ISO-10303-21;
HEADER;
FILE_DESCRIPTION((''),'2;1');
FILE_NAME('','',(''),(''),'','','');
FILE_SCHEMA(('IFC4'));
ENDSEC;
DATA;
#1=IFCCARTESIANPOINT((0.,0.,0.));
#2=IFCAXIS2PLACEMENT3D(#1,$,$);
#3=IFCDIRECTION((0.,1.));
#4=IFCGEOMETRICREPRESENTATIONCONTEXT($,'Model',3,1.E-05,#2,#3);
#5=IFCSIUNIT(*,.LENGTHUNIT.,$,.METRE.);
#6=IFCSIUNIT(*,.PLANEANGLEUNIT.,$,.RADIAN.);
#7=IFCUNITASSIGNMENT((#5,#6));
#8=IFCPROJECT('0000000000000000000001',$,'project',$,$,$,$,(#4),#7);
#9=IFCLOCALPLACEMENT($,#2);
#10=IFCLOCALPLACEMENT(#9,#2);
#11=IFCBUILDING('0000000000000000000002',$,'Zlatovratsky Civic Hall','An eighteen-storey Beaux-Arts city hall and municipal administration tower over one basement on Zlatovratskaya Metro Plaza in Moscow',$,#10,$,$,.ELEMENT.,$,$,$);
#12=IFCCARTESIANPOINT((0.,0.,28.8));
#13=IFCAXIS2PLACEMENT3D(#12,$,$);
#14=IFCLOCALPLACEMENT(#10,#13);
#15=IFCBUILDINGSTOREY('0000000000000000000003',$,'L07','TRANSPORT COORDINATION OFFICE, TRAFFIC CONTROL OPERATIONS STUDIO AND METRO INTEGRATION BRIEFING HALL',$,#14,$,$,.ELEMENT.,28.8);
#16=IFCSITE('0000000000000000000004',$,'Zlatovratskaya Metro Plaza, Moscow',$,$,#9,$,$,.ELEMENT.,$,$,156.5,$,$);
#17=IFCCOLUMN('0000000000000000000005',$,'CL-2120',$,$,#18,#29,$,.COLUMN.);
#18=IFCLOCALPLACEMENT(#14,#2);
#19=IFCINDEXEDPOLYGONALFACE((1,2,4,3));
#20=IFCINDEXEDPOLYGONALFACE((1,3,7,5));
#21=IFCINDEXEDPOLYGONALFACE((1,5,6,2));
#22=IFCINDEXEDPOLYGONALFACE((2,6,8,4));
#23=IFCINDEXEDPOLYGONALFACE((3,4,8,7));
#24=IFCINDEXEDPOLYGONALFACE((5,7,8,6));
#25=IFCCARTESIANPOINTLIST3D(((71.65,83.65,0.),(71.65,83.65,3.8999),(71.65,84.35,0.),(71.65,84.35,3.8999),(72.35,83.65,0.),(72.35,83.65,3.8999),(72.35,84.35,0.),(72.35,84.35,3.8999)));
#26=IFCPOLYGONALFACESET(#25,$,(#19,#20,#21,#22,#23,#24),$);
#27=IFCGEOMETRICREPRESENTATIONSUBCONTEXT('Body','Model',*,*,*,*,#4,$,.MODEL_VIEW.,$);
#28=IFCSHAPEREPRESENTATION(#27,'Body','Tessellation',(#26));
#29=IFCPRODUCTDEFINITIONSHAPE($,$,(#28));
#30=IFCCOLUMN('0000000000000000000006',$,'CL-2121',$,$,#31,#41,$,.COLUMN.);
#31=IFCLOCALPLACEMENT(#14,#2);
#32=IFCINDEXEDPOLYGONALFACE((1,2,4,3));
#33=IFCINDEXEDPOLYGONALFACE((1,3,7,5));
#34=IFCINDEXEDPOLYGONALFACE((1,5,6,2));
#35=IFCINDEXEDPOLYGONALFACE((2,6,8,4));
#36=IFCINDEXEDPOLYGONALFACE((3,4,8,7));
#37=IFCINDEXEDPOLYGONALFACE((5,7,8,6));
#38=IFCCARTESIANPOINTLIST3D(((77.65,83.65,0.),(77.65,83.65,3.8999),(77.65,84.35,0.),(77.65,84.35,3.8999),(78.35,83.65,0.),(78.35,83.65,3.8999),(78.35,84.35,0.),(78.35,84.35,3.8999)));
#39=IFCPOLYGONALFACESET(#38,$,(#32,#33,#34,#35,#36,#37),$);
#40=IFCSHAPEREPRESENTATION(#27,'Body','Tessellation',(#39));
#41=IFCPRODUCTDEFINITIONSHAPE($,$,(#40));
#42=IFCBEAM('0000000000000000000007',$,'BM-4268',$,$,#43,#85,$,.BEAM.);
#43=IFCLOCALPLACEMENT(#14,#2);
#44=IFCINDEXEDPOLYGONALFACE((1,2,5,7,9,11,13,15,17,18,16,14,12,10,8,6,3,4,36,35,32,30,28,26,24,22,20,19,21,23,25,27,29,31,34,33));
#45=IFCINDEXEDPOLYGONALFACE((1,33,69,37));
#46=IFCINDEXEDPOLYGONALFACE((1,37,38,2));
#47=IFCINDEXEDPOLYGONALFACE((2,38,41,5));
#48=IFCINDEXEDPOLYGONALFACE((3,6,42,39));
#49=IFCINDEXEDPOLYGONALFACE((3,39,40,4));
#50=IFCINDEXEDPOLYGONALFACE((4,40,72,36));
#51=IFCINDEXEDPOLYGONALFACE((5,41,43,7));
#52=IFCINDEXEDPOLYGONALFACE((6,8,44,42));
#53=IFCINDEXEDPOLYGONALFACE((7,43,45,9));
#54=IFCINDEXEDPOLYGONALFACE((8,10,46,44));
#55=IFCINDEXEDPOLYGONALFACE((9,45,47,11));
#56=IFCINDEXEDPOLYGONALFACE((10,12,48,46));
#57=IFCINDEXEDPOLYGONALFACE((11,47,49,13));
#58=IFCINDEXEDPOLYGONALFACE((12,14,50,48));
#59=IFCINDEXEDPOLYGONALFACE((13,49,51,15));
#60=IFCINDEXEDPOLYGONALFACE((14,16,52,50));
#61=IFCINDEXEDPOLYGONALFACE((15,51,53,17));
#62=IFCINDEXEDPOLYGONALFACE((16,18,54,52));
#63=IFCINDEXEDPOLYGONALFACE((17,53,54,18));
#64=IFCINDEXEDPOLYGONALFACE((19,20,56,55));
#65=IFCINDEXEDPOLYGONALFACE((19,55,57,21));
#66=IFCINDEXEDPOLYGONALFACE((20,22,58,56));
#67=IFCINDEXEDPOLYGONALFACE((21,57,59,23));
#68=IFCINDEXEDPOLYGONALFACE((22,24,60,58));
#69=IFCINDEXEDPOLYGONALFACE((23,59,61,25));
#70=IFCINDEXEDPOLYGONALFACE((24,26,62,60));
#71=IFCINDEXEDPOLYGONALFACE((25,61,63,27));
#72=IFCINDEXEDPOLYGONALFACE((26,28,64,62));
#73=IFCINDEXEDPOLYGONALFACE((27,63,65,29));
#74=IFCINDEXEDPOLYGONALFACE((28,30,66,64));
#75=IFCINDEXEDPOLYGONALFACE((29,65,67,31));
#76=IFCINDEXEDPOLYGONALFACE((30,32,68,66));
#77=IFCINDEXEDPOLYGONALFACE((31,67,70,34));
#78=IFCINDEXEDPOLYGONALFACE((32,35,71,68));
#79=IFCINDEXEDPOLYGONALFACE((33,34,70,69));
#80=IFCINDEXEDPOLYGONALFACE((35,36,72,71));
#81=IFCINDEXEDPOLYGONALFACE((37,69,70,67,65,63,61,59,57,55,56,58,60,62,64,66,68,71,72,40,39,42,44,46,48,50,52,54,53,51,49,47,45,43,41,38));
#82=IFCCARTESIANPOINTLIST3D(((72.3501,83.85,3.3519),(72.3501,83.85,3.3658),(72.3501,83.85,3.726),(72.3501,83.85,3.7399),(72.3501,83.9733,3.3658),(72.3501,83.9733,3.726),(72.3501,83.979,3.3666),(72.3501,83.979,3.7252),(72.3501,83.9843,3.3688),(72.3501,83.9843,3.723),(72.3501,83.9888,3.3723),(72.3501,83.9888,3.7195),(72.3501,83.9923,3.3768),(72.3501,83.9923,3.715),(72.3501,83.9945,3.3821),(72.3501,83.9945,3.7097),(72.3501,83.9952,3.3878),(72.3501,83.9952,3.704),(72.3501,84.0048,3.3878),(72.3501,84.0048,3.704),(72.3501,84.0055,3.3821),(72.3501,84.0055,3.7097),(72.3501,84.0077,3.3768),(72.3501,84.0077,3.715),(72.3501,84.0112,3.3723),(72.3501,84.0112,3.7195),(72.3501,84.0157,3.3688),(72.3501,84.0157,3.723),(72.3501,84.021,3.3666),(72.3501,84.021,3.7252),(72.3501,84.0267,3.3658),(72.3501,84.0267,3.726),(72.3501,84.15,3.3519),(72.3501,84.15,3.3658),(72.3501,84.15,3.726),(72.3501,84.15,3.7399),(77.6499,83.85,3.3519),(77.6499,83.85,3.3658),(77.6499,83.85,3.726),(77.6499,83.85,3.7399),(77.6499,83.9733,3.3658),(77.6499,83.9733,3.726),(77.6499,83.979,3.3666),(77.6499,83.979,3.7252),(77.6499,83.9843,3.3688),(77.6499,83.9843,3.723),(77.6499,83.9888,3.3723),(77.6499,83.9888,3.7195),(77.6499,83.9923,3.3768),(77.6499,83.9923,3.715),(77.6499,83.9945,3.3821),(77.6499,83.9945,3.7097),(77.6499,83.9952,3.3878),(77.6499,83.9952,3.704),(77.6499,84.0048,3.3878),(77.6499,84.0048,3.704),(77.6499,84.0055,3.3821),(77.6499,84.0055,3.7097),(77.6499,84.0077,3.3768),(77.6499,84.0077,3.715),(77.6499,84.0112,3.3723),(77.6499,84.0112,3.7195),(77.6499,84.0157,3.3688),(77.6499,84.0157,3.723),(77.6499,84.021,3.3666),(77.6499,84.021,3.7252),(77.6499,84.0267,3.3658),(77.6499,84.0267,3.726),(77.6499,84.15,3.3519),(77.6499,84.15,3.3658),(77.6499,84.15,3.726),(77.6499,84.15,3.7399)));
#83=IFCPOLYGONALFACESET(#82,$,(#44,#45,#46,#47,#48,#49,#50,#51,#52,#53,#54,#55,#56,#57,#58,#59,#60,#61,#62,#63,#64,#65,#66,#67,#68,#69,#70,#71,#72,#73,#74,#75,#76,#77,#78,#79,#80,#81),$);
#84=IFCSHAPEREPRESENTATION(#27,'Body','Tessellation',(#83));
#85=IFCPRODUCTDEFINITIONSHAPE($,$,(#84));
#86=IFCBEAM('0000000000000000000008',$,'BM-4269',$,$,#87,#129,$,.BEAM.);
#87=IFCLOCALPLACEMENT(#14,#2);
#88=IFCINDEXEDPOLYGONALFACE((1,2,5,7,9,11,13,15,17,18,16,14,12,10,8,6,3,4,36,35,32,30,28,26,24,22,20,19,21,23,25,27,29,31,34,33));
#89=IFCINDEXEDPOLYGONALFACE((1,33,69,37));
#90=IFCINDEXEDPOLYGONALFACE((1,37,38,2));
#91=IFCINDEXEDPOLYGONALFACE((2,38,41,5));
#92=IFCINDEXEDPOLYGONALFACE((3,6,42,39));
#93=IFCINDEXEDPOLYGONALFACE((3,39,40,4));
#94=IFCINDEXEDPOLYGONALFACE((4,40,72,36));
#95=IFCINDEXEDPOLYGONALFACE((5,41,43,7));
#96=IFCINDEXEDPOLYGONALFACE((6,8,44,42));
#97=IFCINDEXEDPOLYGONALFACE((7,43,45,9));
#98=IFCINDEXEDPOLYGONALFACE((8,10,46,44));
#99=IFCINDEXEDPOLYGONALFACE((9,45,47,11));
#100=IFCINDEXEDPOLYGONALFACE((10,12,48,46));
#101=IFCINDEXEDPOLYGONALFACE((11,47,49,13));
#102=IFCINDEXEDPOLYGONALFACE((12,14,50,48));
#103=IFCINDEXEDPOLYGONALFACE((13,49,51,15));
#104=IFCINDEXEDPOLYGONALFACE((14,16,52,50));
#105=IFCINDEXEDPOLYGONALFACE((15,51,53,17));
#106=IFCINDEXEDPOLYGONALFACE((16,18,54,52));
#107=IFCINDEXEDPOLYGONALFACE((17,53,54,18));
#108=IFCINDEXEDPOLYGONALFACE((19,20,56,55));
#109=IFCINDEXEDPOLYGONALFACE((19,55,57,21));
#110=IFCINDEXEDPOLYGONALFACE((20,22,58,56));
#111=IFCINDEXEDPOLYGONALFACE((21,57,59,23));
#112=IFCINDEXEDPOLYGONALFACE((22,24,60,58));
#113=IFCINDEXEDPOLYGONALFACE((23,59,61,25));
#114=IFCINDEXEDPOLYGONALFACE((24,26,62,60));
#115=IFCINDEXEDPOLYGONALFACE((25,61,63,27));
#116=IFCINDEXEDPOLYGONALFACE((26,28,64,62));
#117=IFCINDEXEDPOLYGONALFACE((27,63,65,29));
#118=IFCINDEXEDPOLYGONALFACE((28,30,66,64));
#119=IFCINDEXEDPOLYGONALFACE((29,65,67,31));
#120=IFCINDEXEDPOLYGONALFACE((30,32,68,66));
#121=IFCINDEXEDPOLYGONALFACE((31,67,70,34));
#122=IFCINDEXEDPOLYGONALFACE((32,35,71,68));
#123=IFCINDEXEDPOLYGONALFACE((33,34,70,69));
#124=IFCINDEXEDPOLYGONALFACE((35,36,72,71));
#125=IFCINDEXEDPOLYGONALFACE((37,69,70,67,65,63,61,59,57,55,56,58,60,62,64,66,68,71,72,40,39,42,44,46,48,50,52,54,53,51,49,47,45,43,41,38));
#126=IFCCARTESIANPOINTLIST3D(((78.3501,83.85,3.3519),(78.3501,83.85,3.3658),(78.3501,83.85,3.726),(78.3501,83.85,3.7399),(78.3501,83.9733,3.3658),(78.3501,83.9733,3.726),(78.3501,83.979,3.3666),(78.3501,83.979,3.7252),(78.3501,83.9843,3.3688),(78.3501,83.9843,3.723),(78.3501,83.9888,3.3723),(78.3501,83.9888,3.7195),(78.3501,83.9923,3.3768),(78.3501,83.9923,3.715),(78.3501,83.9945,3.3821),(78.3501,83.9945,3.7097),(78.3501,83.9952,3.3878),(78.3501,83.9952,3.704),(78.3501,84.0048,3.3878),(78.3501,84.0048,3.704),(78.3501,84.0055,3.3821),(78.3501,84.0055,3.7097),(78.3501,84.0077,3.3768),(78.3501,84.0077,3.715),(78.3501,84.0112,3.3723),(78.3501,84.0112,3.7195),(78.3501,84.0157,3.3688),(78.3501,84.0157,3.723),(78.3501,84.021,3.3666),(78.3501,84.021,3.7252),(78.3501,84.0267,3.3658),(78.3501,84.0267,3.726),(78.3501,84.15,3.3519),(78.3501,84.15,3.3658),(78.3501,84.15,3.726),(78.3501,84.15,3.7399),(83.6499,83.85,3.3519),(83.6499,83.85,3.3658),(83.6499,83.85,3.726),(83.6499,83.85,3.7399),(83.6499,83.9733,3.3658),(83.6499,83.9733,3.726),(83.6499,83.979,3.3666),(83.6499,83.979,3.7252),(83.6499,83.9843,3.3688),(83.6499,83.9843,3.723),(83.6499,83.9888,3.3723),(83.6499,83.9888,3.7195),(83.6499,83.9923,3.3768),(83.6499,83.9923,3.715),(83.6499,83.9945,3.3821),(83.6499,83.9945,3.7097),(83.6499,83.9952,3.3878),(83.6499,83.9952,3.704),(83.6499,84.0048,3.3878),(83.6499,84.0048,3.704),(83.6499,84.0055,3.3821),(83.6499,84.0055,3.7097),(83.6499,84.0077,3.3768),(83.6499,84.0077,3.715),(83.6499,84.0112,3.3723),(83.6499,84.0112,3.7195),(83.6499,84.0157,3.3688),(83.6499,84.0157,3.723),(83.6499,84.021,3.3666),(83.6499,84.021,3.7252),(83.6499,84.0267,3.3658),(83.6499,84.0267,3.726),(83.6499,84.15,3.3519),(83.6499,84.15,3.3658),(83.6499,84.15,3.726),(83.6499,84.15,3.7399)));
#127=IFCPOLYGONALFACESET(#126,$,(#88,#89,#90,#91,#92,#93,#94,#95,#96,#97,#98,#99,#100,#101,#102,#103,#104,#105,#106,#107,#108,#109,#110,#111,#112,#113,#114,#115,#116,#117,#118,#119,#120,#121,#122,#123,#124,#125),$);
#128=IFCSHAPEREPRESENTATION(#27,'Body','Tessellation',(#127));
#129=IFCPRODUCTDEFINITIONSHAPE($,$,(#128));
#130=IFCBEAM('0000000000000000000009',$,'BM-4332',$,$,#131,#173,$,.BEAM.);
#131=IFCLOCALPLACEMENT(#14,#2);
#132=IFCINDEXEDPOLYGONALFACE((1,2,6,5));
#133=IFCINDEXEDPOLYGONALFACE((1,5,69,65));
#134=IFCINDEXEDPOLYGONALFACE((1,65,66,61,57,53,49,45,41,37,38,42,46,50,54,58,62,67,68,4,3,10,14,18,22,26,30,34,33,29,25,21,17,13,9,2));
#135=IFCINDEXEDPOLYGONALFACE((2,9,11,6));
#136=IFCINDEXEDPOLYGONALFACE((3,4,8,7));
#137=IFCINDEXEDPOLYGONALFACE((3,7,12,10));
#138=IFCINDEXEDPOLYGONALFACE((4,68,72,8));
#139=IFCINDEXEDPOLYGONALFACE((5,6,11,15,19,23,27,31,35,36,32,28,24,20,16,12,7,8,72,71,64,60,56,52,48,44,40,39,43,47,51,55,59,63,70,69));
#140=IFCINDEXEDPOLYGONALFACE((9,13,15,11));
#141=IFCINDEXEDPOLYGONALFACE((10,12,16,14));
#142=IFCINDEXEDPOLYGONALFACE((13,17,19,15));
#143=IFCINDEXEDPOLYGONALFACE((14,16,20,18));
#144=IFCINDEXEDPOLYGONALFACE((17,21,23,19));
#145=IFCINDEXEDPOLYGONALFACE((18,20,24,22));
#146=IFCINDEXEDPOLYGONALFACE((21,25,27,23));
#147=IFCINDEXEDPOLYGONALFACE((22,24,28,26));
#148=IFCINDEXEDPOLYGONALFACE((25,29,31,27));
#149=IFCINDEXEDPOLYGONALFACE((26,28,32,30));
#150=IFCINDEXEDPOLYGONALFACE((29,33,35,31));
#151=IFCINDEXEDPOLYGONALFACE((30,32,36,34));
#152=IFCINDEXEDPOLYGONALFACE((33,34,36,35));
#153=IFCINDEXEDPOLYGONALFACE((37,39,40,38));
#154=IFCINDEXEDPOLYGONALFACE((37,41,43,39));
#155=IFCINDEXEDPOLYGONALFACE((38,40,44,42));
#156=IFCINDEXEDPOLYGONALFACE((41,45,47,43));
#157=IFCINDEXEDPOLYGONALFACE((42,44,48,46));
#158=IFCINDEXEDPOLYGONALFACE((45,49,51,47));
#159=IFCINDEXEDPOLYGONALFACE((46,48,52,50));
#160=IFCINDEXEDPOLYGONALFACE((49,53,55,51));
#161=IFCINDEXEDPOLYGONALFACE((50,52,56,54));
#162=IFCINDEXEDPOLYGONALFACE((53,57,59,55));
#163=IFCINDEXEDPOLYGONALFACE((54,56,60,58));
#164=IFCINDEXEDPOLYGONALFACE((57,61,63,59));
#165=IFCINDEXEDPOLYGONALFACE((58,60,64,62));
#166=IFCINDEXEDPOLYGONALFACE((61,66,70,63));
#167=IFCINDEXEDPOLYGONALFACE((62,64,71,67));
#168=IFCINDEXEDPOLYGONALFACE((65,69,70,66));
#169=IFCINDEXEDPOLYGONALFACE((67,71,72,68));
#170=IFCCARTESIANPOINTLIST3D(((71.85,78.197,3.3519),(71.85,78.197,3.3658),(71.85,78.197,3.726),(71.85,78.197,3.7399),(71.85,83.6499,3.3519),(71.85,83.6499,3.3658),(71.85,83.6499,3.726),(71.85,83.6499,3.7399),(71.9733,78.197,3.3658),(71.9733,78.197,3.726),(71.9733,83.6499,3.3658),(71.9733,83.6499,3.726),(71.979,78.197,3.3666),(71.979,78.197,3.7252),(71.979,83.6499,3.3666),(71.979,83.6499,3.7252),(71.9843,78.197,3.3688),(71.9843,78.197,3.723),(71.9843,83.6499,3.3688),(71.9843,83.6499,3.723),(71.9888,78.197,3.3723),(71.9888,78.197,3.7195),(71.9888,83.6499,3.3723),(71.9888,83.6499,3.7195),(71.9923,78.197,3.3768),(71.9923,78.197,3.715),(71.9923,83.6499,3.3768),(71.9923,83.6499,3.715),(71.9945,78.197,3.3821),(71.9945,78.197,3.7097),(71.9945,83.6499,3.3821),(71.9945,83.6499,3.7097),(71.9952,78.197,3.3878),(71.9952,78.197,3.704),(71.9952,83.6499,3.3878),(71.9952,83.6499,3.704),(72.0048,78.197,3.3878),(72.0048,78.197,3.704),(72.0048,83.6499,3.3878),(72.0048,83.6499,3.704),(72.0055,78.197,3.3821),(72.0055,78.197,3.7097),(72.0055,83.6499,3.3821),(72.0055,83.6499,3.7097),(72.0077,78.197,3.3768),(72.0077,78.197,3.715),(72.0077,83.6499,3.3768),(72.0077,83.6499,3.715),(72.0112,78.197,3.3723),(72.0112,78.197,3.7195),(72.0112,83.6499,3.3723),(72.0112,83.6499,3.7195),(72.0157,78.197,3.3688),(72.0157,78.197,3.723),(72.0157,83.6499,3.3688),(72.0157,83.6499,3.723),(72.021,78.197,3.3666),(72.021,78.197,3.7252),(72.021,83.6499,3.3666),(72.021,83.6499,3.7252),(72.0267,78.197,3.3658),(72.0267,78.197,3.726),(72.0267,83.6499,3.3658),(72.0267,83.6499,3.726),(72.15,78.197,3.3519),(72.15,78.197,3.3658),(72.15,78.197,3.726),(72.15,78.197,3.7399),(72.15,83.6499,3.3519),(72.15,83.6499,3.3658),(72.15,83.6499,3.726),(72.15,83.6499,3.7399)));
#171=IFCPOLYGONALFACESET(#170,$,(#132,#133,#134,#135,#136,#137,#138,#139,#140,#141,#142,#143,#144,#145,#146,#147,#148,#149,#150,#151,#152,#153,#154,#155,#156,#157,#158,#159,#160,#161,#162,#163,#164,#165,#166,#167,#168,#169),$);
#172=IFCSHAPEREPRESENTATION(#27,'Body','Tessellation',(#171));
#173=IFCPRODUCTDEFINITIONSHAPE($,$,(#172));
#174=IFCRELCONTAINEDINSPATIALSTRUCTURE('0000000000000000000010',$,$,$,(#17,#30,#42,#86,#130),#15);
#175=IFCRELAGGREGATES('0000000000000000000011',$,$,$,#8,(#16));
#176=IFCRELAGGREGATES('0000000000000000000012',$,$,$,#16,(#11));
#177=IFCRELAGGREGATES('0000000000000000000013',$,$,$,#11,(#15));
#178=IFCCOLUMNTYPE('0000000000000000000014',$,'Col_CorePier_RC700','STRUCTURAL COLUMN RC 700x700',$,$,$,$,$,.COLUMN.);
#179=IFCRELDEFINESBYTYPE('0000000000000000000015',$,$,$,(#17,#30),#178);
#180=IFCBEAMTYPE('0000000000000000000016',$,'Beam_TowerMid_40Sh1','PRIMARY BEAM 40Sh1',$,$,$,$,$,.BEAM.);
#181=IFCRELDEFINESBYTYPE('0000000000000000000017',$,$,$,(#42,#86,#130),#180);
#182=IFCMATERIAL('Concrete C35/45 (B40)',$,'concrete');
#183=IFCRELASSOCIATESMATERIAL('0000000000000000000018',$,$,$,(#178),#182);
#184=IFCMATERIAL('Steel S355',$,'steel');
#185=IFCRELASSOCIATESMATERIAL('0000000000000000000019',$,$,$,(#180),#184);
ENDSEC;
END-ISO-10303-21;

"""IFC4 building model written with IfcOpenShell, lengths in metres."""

from ifc_helpers import new_model, si_unit, direction, frame, origin, origin_2d, place, context, subcontext, project, spatial, rectangle, i_section, extrude, material, material_profile, profile_set, type_object, element, save


model = new_model("IFC4")

# Units and contexts
model_context = context("Model", 3, precision=1e-05, world=origin(), true_north=direction((0.0, 1.0)))
body_context = subcontext(model_context, "Body", "Model", "MODEL_VIEW")
ifc_project = project(units=[si_unit("LENGTHUNIT", "METRE"), si_unit("PLANEANGLEUNIT", "RADIAN")], contexts=[model_context])

# Site, building, storey
site_placement = place(None, origin())
site = spatial("IfcSite", under=ifc_project, at=site_placement, Name="Zlatovratskaya Metro Plaza, Moscow", CompositionType="ELEMENT", RefElevation=156.5)
building_placement = place(site_placement, origin())
building = spatial("IfcBuilding", under=site, at=building_placement, Name="Zlatovratsky Civic Hall", Description="An eighteen-storey Beaux-Arts city hall and municipal administration tower over one basement on Zlatovratskaya Metro Plaza in Moscow", CompositionType="ELEMENT")
storey_placement = place(building_placement, frame((0.0, 0.0, 28.8)))
storey = spatial("IfcBuildingStorey", under=building, at=storey_placement, Name="L07", Description="TRANSPORT COORDINATION OFFICE, TRAFFIC CONTROL OPERATIONS STUDIO AND METRO INTEGRATION BRIEFING HALL", CompositionType="ELEMENT", Elevation=28.8)

# Columns
ifc_material_1 = material(Name="Concrete C35/45 (B40)", Category="concrete")
ifc_material_profile_1 = material_profile(ifc_material_1, rectangle(XDim=0.7, YDim=0.7, at=origin_2d()), Name="RC 700x700")
ifc_profile_set_1 = profile_set([ifc_material_profile_1], Name="Concrete C35/45 (B40)")
column_type = type_object("IfcColumnType", Name="Col_CorePier_RC700", Description="STRUCTURAL COLUMN RC 700x700", PredefinedType="COLUMN", material=ifc_profile_set_1)
for number, where, z_axis, x_axis, name in (
    (1, (72.0, 84.0, 0.0), (0.0, 0.0, 1.0), (1.0, 0.0, 0.0), "CL-2120"),
    (2, (78.0, 84.0, 0.0), (0.0, 0.0, 1.0), (1.0, 0.0, 0.0), "CL-2121"),
):
    element("IfcColumn", number, at=place(storey_placement, frame(where, z_axis=z_axis, x_axis=x_axis)), inside=storey, type_object=column_type, Name=name, PredefinedType="COLUMN", context=body_context, shape_type="SweptSolid", body=[
        extrude(rectangle(XDim=0.7, YDim=0.7, at=origin_2d()), origin(), (0.0, 0.0, 1.0), 3.8999),
    ])

# Beams
ifc_material_2 = material(Name="Steel S355", Category="steel")
ifc_material_profile_2 = material_profile(ifc_material_2, i_section(OverallWidth=0.3, OverallDepth=0.3879, WebThickness=0.0095, FlangeThickness=0.0139, FilletRadius=0.022, at=origin_2d()), Name="40Sh1")
ifc_profile_set_2 = profile_set([ifc_material_profile_2], Name="Steel S355")
beam_type = type_object("IfcBeamType", Name="Beam_TowerMid_40Sh1", Description="PRIMARY BEAM 40Sh1", PredefinedType="BEAM", material=ifc_profile_set_2)
for number, where, z_axis, x_axis, name in (
    (3, (72.3501, 84.0, 3.5459), (1.0, 0.0, 0.0), (0.0, 1.0, 0.0), "BM-4268"),
    (4, (78.3501, 84.0, 3.5459), (1.0, 0.0, 0.0), (0.0, 1.0, 0.0), "BM-4269"),
):
    element("IfcBeam", number, at=place(storey_placement, frame(where, z_axis=z_axis, x_axis=x_axis)), inside=storey, type_object=beam_type, Name=name, PredefinedType="BEAM", context=body_context, shape_type="SweptSolid", body=[
        extrude(i_section(OverallWidth=0.3, OverallDepth=0.3879, WebThickness=0.0095, FlangeThickness=0.0139, FilletRadius=0.022, at=origin_2d()), origin(), (0.0, 0.0, 1.0), 5.2998),
    ])
beam_1_placement = place(storey_placement, frame((72.0, 78.197, 3.5459), z_axis=(0.0, 1.0, 0.0), x_axis=(-1.0, 0.0, 0.0)))
element("IfcBeam", 5, at=beam_1_placement, inside=storey, type_object=beam_type, Name="BM-4332", PredefinedType="BEAM", context=body_context, shape_type="SweptSolid", body=[
    extrude(i_section(OverallWidth=0.3, OverallDepth=0.3879, WebThickness=0.0095, FlangeThickness=0.0139, FilletRadius=0.022, at=origin_2d()), origin(), (0.0, 0.0, 1.0), 5.4529),
])

save(model, "model.ifc")
